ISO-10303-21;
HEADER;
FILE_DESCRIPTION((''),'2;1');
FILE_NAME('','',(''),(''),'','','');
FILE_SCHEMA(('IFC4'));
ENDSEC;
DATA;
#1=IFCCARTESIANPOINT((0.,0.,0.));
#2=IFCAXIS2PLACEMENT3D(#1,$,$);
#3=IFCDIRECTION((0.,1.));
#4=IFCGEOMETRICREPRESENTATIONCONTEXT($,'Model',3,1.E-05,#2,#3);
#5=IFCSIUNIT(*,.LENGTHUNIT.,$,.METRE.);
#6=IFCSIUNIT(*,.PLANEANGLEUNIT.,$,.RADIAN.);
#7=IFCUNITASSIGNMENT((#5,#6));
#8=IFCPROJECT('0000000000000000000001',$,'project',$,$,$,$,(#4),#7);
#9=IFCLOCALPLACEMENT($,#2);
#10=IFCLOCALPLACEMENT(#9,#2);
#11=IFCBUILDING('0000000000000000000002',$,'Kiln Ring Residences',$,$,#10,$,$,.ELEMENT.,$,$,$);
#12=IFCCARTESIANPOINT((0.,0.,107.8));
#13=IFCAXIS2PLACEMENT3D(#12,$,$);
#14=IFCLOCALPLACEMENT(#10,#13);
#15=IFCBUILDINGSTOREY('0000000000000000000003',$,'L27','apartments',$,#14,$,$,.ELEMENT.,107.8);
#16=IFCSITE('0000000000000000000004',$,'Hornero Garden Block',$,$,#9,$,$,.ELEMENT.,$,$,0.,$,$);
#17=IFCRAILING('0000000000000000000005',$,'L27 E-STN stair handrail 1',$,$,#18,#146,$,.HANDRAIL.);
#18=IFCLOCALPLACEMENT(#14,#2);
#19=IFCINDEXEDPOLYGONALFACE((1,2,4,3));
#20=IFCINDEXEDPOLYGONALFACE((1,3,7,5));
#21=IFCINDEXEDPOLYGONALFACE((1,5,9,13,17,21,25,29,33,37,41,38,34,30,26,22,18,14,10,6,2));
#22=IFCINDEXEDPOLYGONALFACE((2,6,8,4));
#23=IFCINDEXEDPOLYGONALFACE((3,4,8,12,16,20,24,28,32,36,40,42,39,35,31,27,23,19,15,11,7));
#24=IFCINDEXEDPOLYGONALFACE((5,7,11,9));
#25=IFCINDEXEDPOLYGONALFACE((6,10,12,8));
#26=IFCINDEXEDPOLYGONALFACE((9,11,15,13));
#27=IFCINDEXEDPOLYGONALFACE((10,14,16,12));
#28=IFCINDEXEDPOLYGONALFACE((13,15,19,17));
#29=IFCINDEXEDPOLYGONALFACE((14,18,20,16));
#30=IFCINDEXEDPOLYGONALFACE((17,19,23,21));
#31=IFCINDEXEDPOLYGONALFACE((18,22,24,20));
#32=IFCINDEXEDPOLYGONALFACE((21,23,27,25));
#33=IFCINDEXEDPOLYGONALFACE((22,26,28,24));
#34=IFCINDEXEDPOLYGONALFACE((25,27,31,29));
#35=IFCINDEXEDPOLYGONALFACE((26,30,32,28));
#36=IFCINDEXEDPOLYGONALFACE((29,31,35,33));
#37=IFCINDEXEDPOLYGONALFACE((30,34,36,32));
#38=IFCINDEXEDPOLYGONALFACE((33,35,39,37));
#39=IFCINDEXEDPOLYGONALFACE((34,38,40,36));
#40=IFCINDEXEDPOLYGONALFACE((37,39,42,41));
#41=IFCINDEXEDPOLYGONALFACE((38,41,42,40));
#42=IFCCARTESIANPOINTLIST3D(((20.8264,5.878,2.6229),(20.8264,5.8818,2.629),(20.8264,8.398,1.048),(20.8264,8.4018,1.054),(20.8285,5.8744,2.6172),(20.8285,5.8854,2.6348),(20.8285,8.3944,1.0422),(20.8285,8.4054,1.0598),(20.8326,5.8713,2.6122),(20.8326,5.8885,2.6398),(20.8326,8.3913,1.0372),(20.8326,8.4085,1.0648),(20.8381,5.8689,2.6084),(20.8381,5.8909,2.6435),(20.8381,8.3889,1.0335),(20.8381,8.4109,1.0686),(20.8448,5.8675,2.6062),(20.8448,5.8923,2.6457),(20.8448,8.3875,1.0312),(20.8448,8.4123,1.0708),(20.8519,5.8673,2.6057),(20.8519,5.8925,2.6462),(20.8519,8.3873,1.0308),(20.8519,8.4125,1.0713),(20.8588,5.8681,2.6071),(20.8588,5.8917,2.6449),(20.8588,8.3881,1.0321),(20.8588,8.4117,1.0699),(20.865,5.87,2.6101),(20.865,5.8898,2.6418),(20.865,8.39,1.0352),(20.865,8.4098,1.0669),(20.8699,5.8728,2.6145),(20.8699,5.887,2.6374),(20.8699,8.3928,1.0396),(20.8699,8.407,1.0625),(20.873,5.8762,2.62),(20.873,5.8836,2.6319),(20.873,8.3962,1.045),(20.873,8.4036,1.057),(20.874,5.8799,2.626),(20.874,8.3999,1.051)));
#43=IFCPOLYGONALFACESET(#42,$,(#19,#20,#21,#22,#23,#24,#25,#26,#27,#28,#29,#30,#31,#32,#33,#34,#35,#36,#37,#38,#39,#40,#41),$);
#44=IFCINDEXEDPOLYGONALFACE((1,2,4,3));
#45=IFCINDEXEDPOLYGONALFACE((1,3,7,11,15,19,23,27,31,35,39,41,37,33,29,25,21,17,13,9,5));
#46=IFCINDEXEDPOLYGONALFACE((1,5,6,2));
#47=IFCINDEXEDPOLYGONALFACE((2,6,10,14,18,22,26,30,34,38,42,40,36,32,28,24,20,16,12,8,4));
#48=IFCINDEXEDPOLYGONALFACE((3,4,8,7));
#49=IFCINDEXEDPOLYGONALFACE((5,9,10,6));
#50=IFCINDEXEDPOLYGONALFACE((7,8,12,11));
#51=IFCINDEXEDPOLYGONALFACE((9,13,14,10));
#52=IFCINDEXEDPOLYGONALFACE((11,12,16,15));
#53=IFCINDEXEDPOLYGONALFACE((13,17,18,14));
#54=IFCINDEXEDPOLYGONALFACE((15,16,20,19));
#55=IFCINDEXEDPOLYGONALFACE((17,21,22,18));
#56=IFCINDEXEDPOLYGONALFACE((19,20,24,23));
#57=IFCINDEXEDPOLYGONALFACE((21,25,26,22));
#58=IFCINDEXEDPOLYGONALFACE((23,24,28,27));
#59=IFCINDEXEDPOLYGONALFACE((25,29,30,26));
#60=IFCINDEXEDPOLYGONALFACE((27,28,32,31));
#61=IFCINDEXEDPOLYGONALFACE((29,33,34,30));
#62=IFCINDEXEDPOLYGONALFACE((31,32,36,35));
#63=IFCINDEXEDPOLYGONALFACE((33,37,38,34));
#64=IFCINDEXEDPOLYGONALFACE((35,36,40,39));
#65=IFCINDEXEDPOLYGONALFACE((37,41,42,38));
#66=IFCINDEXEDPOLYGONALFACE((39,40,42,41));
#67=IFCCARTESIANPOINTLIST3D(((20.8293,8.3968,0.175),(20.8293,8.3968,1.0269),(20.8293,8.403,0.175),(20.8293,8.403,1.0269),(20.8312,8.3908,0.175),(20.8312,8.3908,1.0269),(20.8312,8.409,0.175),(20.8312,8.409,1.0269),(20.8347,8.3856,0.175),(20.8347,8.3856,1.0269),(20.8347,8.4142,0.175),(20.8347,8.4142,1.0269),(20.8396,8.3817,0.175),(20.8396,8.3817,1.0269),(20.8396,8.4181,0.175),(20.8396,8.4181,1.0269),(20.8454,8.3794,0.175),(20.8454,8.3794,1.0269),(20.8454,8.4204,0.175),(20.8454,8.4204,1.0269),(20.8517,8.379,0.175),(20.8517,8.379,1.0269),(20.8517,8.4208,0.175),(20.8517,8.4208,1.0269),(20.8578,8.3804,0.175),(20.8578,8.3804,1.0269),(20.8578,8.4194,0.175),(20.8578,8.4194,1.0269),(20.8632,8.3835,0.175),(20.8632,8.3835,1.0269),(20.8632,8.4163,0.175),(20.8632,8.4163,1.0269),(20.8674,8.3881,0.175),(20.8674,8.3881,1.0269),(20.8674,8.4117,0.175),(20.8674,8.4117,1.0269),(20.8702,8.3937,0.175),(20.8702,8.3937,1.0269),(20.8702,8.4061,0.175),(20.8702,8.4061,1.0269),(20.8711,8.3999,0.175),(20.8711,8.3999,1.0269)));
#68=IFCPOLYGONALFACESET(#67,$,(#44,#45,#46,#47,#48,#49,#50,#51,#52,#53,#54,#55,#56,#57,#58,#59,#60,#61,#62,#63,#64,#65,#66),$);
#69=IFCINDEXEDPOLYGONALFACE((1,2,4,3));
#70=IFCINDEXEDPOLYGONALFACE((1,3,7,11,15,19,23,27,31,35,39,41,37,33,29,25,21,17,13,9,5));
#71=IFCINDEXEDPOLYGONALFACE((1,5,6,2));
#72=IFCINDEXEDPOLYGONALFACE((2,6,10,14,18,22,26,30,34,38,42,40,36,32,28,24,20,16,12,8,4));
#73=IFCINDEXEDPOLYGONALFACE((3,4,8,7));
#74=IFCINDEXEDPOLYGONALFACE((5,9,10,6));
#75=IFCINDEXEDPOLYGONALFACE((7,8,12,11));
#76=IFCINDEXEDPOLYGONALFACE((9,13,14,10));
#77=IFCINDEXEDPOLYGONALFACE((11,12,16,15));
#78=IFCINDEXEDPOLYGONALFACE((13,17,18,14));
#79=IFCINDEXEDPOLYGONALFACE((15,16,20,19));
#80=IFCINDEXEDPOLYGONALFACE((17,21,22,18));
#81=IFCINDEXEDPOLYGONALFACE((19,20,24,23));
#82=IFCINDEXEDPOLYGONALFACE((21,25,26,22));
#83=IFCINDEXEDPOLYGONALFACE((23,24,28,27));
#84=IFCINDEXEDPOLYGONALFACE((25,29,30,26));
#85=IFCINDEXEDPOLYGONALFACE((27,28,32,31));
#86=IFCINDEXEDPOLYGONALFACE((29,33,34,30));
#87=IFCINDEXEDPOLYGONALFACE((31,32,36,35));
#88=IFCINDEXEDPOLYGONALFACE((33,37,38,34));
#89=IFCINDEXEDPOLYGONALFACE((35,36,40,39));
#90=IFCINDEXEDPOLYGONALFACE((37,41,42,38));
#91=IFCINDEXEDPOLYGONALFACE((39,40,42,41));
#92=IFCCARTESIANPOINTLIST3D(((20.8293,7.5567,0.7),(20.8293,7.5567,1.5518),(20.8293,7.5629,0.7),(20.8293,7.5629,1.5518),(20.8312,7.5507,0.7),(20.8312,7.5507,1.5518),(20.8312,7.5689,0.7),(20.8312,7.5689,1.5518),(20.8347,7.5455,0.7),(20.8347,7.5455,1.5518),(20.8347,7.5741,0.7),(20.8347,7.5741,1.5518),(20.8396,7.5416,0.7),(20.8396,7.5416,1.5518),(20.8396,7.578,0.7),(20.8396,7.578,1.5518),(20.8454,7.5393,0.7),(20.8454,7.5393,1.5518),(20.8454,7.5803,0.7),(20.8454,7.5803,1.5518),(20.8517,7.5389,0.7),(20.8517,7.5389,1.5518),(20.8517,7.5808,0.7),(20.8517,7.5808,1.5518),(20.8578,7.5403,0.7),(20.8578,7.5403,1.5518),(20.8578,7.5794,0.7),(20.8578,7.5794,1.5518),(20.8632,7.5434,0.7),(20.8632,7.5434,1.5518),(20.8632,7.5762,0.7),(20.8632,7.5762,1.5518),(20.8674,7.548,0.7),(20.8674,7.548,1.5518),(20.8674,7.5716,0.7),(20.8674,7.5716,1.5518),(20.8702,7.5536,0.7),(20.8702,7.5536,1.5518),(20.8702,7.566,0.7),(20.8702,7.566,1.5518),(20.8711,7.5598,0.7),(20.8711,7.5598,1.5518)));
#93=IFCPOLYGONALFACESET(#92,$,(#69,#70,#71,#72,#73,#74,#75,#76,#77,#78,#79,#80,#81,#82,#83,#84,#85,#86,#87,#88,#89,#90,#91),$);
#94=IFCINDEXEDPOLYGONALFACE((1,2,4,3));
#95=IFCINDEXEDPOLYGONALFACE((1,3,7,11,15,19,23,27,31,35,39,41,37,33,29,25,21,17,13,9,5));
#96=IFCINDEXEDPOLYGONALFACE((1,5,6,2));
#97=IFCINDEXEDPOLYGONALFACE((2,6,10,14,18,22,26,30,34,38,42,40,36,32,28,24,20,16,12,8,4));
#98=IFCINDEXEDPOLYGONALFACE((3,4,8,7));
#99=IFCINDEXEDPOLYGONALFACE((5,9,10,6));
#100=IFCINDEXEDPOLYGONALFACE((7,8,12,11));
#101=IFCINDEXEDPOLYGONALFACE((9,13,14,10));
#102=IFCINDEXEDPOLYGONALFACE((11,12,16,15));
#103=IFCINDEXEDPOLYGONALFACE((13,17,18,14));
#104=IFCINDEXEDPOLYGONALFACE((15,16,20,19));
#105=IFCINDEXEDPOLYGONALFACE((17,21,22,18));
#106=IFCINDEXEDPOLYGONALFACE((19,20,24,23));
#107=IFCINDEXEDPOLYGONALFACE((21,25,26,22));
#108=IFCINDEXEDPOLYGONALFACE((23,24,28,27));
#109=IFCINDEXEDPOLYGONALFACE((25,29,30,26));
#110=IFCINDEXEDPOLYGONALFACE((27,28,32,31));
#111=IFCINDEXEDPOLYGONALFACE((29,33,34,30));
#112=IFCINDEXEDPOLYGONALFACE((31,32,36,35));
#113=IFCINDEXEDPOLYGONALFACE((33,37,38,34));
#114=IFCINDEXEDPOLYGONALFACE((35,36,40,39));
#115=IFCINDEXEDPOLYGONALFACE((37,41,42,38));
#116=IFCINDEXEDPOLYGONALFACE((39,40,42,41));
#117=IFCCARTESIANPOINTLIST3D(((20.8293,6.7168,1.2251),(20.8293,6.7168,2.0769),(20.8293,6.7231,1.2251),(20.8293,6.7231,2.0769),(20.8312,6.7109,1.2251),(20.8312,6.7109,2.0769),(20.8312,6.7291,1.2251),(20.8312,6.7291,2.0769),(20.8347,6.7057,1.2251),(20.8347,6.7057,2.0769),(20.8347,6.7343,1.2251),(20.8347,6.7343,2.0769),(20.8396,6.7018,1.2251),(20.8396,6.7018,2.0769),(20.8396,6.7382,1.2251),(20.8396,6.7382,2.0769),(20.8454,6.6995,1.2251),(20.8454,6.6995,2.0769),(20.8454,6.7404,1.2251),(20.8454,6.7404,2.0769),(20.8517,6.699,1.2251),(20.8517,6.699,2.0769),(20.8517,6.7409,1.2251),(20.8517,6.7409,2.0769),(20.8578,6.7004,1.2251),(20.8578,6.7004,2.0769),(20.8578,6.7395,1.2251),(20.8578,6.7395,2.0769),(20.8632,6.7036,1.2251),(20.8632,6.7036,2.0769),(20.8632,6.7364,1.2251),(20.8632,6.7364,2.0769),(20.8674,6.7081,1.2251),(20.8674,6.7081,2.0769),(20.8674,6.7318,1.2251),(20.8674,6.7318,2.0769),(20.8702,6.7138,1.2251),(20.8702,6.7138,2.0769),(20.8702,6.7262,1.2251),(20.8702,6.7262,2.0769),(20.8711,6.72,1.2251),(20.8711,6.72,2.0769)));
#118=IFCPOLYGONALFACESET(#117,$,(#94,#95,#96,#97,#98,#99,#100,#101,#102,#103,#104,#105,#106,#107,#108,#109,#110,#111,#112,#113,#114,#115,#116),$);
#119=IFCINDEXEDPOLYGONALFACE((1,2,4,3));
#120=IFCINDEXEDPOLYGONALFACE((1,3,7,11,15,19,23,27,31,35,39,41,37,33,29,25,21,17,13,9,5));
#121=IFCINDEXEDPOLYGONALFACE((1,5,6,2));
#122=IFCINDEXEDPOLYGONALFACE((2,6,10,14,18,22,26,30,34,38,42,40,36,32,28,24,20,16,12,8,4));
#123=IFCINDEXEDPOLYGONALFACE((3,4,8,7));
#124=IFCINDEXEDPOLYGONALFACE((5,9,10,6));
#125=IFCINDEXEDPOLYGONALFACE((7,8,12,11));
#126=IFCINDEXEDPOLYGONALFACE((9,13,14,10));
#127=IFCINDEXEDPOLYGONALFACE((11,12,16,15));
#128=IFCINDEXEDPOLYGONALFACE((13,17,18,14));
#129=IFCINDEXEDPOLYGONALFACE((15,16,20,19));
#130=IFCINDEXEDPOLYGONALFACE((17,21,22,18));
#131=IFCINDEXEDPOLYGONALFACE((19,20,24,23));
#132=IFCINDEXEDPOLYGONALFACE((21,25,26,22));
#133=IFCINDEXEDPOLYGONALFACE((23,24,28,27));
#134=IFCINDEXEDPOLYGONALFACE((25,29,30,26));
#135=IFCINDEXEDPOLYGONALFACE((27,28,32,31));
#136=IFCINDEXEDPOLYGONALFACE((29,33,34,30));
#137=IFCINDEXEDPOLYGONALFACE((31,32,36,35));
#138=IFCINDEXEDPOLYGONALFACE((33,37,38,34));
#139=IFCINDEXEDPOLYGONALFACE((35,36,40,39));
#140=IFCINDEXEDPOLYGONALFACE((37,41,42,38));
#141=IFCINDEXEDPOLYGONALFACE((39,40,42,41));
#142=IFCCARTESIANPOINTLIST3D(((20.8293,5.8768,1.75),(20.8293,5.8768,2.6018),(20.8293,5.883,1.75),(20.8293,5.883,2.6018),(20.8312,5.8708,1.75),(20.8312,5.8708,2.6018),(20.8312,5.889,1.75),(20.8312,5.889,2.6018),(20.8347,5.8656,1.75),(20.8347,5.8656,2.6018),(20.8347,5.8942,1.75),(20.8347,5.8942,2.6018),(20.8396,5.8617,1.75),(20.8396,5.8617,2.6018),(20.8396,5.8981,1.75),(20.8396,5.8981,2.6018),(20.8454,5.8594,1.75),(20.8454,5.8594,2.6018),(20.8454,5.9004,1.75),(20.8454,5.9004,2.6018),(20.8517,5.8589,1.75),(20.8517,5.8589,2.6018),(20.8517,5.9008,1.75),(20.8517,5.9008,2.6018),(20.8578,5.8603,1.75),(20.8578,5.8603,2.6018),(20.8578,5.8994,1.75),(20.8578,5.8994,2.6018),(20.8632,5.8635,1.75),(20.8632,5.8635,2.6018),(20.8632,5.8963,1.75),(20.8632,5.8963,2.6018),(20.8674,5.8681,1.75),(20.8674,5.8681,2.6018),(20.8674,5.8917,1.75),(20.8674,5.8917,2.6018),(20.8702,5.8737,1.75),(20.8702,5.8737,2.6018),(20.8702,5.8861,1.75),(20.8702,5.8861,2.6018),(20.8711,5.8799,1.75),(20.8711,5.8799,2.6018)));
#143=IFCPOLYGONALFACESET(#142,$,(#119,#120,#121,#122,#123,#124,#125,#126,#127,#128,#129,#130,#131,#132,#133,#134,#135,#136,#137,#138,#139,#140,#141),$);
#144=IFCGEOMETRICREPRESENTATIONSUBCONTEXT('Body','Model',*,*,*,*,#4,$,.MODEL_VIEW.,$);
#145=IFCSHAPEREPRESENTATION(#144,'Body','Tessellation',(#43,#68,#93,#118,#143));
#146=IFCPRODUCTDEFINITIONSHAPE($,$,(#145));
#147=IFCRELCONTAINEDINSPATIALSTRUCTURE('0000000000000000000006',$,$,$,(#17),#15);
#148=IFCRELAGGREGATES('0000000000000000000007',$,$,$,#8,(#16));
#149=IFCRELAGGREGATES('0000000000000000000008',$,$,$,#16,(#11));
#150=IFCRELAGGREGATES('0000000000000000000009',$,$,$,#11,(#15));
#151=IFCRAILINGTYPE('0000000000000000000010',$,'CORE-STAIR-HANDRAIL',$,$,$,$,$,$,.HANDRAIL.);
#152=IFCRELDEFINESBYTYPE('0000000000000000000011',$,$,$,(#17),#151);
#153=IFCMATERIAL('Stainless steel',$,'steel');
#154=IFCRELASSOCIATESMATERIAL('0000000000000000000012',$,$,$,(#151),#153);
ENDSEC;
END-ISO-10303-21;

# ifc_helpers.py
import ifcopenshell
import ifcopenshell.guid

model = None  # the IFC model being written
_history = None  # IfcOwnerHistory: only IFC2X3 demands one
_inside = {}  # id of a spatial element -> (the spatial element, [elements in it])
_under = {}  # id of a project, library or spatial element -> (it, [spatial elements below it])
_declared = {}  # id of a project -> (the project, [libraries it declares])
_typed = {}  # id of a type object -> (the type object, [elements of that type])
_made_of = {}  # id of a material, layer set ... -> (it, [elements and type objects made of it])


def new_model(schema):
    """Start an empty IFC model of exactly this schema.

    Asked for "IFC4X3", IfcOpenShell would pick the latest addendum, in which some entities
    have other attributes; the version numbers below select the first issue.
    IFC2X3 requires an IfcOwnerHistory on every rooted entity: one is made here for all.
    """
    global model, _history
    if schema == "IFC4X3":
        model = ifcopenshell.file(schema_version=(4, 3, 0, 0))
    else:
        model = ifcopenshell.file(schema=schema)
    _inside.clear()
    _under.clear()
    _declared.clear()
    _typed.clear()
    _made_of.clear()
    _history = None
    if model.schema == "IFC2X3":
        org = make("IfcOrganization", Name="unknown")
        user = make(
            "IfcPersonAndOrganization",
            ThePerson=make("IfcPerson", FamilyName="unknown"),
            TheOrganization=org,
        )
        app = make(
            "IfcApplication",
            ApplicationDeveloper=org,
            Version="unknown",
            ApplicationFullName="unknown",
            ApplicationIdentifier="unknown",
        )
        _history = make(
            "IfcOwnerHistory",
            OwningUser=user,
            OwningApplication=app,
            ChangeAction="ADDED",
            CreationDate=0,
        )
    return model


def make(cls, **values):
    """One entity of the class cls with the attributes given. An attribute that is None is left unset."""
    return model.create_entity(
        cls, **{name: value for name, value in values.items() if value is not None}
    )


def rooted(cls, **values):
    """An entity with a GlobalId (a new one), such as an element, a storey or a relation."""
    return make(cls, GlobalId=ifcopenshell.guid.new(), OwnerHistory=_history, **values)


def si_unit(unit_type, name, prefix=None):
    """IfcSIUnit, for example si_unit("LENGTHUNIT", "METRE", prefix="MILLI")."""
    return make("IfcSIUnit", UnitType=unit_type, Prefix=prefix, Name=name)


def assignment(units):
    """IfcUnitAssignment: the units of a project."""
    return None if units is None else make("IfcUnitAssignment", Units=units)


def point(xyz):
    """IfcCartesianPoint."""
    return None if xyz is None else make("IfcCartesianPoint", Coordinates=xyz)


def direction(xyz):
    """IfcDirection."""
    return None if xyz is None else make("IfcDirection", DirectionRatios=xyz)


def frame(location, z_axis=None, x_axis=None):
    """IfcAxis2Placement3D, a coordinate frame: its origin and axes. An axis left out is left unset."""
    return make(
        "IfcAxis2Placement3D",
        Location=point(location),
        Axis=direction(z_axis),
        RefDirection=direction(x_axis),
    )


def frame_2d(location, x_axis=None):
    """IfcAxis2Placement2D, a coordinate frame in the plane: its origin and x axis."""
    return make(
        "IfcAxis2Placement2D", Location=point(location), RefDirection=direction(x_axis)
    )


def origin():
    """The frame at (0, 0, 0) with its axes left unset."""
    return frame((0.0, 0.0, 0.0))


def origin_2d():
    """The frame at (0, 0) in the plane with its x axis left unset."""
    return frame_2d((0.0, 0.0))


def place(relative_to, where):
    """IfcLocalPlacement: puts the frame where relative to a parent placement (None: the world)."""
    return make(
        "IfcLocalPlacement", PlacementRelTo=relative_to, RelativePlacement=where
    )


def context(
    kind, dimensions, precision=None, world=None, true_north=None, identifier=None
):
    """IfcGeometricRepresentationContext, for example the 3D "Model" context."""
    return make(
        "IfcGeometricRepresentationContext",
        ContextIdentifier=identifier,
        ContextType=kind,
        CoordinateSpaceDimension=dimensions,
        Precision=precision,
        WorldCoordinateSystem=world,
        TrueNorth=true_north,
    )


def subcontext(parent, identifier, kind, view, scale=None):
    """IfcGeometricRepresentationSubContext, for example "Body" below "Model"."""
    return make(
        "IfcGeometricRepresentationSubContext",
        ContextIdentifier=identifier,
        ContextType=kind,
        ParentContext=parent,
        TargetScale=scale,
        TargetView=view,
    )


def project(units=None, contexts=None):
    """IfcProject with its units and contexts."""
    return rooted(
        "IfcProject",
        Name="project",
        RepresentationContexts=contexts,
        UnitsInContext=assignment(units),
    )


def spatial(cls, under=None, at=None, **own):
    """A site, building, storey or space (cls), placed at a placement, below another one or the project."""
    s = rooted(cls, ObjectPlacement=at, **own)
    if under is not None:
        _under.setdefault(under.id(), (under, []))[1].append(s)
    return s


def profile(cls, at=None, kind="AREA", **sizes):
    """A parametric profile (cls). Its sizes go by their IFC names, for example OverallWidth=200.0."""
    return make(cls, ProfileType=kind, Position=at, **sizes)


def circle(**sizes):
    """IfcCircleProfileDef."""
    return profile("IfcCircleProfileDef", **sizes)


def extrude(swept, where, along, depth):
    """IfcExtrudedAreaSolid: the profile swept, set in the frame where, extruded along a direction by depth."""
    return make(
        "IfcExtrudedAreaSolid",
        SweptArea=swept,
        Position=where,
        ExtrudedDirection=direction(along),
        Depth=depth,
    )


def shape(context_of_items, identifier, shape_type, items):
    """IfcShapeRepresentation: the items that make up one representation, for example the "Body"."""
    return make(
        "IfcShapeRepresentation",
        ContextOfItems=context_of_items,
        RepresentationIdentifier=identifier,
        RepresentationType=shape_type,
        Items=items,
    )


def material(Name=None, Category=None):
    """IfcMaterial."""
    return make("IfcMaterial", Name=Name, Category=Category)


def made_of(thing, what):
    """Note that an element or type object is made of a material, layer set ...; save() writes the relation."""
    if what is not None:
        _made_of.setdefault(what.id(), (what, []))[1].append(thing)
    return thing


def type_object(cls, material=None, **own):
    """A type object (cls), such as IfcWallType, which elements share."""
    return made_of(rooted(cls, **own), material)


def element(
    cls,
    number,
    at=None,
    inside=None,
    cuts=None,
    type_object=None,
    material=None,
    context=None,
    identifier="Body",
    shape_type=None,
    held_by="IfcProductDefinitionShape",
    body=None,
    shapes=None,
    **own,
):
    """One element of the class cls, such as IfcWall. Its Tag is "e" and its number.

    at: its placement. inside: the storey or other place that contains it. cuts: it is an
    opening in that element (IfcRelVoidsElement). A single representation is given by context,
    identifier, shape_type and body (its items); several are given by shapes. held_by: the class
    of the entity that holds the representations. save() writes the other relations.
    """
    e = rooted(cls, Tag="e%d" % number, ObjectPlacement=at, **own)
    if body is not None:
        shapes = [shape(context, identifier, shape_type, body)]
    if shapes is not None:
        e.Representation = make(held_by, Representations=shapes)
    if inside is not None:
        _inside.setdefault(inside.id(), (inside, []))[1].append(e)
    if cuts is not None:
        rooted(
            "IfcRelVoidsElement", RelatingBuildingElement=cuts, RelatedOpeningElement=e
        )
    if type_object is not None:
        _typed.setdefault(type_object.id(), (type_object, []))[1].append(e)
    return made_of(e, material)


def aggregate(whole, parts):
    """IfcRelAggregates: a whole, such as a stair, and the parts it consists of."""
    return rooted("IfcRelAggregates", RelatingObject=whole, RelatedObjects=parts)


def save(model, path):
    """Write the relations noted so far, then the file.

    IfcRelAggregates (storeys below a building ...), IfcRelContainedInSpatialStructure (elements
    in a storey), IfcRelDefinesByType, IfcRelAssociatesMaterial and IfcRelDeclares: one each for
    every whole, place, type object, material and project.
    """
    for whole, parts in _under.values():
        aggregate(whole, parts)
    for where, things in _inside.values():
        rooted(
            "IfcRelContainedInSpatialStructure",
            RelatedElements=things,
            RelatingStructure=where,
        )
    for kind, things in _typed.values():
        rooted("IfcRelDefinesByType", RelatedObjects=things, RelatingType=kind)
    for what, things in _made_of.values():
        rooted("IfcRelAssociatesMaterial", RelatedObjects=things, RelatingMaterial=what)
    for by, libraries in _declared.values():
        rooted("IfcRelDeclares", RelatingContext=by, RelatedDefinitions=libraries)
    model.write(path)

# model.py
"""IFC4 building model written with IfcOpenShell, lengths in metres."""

from ifc_helpers import new_model, si_unit, direction, frame, origin, origin_2d, place, context, subcontext, project, spatial, circle, extrude, material, type_object, element, save


model = new_model("IFC4")

# Units and contexts
model_context = context("Model", 3, precision=1e-05, world=origin(), true_north=direction((0.0, 1.0)))
body_context = subcontext(model_context, "Body", "Model", "MODEL_VIEW")
ifc_project = project(units=[si_unit("LENGTHUNIT", "METRE"), si_unit("PLANEANGLEUNIT", "RADIAN")], contexts=[model_context])

# Site, building, storey
site_placement = place(None, origin())
site = spatial("IfcSite", under=ifc_project, at=site_placement, Name="Hornero Garden Block", CompositionType="ELEMENT", RefElevation=0.0)
building_placement = place(site_placement, origin())
building = spatial("IfcBuilding", under=site, at=building_placement, Name="Kiln Ring Residences", CompositionType="ELEMENT")
storey_placement = place(building_placement, frame((0.0, 0.0, 107.8)))
storey = spatial("IfcBuildingStorey", under=building, at=storey_placement, Name="L27", Description="apartments", CompositionType="ELEMENT", Elevation=107.8)

# Railing
ifc_material_1 = material(Name="Stainless steel", Category="steel")
railing_type_1 = type_object("IfcRailingType", Name="CORE-STAIR-HANDRAIL", PredefinedType="HANDRAIL", material=ifc_material_1)
railing_1_placement = place(storey_placement, frame((20.8501, 8.3999, 0.175)))
element("IfcRailing", 1, at=railing_1_placement, inside=storey, type_object=railing_type_1, Name="L27 E-STN stair handrail 1", PredefinedType="HANDRAIL", context=body_context, shape_type="SweptSolid", body=[
    extrude(circle(Radius=0.0239, at=origin_2d()), frame((0.0, 0.0, 0.876), z_axis=(0.0, -0.848008, 0.529984), x_axis=(1.0, 0.0, 0.0)), (0.0, 0.0, 1.0), 2.9717),
    extrude(circle(Radius=0.021, at=origin_2d()), origin(), (0.0, 0.0, 1.0), 0.8518),
    extrude(circle(Radius=0.021, at=origin_2d()), frame((0.0, -0.8401, 0.5249)), (0.0, 0.0, 1.0), 0.8518),
    extrude(circle(Radius=0.021, at=origin_2d()), frame((0.0, -1.6799, 1.05)), (0.0, 0.0, 1.0), 0.8518),
    extrude(circle(Radius=0.021, at=origin_2d()), frame((0.0, -2.52, 1.575)), (0.0, 0.0, 1.0), 0.8518),
])

save(model, "model.ifc")
